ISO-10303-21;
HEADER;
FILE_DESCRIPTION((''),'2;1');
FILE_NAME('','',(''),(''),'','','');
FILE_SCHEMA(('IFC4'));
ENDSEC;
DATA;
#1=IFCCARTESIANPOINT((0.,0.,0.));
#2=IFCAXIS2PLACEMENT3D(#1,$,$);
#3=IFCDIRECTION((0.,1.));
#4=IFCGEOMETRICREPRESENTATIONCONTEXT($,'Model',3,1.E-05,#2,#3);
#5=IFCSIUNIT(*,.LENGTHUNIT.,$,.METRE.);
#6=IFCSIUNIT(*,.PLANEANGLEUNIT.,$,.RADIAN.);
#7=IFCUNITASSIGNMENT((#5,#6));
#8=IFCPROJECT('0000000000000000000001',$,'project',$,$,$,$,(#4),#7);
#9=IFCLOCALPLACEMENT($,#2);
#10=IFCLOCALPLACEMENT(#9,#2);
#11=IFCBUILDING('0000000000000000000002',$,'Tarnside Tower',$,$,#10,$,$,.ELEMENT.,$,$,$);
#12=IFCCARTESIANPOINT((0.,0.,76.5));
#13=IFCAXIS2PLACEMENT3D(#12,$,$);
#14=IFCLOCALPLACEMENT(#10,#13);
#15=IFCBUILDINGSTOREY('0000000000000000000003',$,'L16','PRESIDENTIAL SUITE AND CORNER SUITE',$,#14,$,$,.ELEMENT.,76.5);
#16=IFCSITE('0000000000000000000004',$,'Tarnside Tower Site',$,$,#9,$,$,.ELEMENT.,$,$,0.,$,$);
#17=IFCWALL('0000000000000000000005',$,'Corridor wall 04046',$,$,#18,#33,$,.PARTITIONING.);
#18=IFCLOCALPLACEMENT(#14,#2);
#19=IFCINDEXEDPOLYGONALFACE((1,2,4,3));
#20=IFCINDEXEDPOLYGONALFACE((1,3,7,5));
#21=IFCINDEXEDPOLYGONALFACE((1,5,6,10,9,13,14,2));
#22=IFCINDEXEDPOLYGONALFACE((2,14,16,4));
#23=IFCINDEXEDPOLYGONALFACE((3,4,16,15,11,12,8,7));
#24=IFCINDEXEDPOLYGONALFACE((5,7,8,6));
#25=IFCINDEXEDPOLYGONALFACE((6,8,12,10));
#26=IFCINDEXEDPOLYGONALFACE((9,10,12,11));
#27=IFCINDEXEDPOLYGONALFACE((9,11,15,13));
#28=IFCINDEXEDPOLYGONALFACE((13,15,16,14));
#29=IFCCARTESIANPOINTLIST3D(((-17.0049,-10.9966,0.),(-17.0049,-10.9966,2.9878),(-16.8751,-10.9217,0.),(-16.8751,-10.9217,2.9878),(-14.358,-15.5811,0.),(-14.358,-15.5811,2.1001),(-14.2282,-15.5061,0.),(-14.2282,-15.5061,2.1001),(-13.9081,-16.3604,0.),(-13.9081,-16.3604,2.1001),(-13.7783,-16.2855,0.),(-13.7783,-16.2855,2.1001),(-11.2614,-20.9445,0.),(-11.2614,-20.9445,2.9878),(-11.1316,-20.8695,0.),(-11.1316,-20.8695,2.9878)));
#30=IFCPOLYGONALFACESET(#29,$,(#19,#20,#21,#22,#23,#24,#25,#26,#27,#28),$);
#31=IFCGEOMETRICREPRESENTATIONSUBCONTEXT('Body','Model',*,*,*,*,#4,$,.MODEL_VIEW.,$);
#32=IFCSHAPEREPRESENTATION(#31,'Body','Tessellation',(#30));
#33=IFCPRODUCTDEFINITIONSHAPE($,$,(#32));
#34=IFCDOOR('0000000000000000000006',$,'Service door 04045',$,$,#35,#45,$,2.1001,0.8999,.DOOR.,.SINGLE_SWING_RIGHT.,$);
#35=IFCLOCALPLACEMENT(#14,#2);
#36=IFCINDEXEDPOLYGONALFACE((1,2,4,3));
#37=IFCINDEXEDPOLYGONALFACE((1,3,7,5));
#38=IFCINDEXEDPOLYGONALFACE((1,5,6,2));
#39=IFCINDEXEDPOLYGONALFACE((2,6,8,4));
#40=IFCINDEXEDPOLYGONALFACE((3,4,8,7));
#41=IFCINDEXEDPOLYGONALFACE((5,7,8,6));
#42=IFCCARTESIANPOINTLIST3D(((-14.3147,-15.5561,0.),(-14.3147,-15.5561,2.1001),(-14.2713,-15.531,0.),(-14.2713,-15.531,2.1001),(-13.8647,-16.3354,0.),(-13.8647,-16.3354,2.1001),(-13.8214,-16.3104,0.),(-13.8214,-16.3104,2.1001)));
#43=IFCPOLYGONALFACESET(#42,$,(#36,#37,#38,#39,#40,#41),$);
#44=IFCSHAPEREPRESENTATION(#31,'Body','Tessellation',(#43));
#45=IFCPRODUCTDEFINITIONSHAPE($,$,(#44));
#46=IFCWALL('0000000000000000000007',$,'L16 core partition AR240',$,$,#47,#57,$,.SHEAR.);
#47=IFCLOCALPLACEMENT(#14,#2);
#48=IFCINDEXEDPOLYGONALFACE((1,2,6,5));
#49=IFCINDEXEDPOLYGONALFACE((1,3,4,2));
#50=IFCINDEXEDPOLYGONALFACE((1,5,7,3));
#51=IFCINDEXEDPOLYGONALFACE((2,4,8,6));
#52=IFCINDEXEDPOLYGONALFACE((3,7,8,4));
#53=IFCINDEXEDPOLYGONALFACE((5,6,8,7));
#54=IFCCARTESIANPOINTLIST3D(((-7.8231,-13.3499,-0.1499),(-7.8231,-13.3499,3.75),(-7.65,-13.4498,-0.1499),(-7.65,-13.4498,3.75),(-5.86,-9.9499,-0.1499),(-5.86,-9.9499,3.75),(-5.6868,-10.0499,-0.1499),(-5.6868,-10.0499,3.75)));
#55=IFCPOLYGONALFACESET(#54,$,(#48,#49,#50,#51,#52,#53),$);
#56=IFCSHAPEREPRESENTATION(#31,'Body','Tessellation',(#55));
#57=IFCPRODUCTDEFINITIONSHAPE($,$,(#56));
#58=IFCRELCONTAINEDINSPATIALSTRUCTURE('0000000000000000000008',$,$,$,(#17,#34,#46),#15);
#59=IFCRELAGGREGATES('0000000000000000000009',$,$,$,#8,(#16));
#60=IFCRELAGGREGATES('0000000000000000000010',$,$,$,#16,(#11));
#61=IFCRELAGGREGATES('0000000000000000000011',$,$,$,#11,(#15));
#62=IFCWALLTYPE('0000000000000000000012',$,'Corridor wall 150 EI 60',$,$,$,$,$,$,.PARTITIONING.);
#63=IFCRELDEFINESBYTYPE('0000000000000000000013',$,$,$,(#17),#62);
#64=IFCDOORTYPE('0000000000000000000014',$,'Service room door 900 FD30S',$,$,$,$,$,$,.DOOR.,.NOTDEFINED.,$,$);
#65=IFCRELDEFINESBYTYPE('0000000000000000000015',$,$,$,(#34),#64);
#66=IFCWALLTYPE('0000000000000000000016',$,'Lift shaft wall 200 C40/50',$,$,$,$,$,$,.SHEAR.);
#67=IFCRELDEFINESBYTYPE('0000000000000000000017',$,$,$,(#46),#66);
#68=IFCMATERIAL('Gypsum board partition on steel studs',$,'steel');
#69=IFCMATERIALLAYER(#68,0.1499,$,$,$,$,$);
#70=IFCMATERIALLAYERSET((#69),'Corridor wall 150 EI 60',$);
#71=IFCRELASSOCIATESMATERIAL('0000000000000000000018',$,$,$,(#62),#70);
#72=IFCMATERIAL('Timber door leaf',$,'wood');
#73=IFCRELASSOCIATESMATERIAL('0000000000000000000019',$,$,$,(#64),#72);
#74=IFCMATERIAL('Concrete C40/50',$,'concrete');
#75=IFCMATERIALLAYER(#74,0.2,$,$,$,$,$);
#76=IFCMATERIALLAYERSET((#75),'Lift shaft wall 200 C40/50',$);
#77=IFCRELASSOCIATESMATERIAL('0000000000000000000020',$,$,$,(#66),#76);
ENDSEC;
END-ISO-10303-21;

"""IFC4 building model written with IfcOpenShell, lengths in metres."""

from ifc_helpers import new_model, si_unit, direction, frame, frame_2d, origin, place, context, subcontext, project, spatial, rectangle, extrude, material, layer, layer_set, type_object, element, fill, save


model = new_model("IFC4")

# Units and contexts
model_context = context("Model", 3, precision=1e-05, world=origin(), true_north=direction((0.0, 1.0)))
body_context = subcontext(model_context, "Body", "Model", "MODEL_VIEW")
ifc_project = project(units=[si_unit("LENGTHUNIT", "METRE"), si_unit("PLANEANGLEUNIT", "RADIAN")], contexts=[model_context])

# Site, building, storey
site_placement = place(None, origin())
site = spatial("IfcSite", under=ifc_project, at=site_placement, Name="Tarnside Tower Site", CompositionType="ELEMENT", RefElevation=0.0)
building_placement = place(site_placement, origin())
building = spatial("IfcBuilding", under=site, at=building_placement, Name="Tarnside Tower", CompositionType="ELEMENT")
storey_placement = place(building_placement, frame((0.0, 0.0, 76.5)))
storey = spatial("IfcBuildingStorey", under=building, at=storey_placement, Name="L16", Description="PRESIDENTIAL SUITE AND CORNER SUITE", CompositionType="ELEMENT", Elevation=76.5)

# Shared definitions
ifc_material_1 = material(Name="Gypsum board partition on steel studs", Category="steel")

# Shared definitions
ifc_layer_1 = layer(ifc_material_1, 0.1499)
ifc_layer_set_1 = layer_set([ifc_layer_1], Name="Corridor wall 150 EI 60")
wall_type_1 = type_object("IfcWallType", Name="Corridor wall 150 EI 60", PredefinedType="PARTITIONING", material=ifc_layer_set_1)
ifc_material_2 = material(Name="Timber door leaf", Category="wood")

# Wall, opening, door
wall_1_placement = place(storey_placement, frame((-11.1965, -20.907, 0.0), z_axis=(0.0, 0.0, 1.0), x_axis=(-0.500005, 0.866023, 0.0)))
wall_1 = element("IfcWall", 1, at=wall_1_placement, inside=storey, type_object=wall_type_1, Name="Corridor wall 04046", PredefinedType="PARTITIONING", context=body_context, shape_type="SweptSolid", body=[
    extrude(rectangle(XDim=11.4868, YDim=0.1499, at=frame_2d((5.7434, 0.0))), origin(), (0.0, 0.0, 1.0), 2.9878),
])
opening_1_placement = place(wall_1_placement, frame((5.2932, 0.0, 0.0)))
opening_1 = element("IfcOpeningElement", 2, at=opening_1_placement, cuts=wall_1, PredefinedType="OPENING", context=body_context, shape_type="SweptSolid", body=[
    extrude(rectangle(XDim=0.8999, YDim=2.1001, at=frame_2d((0.45, 1.05))), frame((0.0, 0.085, 0.0), z_axis=(0.0, -1.0, 0.0), x_axis=(1.0, 0.0, 0.0)), (0.0, 0.0, 1.0), 0.1699),
])
door_type_1 = type_object("IfcDoorType", Name="Service room door 900 FD30S", OperationType="NOTDEFINED", PredefinedType="DOOR", material=ifc_material_2)
door_1_placement = place(opening_1_placement, origin())
door_1 = element("IfcDoor", 3, at=door_1_placement, inside=storey, type_object=door_type_1, Name="Service door 04045", OperationType="SINGLE_SWING_RIGHT", OverallHeight=2.1001, OverallWidth=0.8999, PredefinedType="DOOR", context=body_context, shape_type="SweptSolid", body=[
    extrude(rectangle(XDim=0.8999, YDim=2.1001, at=frame_2d((0.45, 1.05))), frame((0.0, 0.0249, 0.0), z_axis=(0.0, -1.0, 0.0), x_axis=(1.0, 0.0, 0.0)), (0.0, 0.0, 1.0), 0.05),
])
fill(opening_1, door_1)

# Wall
ifc_material_3 = material(Name="Concrete C40/50", Category="concrete")
ifc_layer_2 = layer(ifc_material_3, 0.2)
ifc_layer_set_2 = layer_set([ifc_layer_2], Name="Lift shaft wall 200 C40/50")
wall_type_2 = type_object("IfcWallType", Name="Lift shaft wall 200 C40/50", PredefinedType="SHEAR", material=ifc_layer_set_2)
wall_2_placement = place(storey_placement, frame((-5.7734, -10.0, -0.1499), z_axis=(0.0, 0.0, 1.0), x_axis=(-0.500038, -0.866003, 0.0)))
element("IfcWall", 4, at=wall_2_placement, inside=storey, type_object=wall_type_2, Name="L16 core partition AR240", PredefinedType="SHEAR", context=body_context, shape_type="SweptSolid", body=[
    extrude(rectangle(XDim=3.926, YDim=0.2, at=frame_2d((1.9629, 0.0))), origin(), (0.0, 0.0, 1.0), 3.8999),
])

save(model, "model.ifc")
